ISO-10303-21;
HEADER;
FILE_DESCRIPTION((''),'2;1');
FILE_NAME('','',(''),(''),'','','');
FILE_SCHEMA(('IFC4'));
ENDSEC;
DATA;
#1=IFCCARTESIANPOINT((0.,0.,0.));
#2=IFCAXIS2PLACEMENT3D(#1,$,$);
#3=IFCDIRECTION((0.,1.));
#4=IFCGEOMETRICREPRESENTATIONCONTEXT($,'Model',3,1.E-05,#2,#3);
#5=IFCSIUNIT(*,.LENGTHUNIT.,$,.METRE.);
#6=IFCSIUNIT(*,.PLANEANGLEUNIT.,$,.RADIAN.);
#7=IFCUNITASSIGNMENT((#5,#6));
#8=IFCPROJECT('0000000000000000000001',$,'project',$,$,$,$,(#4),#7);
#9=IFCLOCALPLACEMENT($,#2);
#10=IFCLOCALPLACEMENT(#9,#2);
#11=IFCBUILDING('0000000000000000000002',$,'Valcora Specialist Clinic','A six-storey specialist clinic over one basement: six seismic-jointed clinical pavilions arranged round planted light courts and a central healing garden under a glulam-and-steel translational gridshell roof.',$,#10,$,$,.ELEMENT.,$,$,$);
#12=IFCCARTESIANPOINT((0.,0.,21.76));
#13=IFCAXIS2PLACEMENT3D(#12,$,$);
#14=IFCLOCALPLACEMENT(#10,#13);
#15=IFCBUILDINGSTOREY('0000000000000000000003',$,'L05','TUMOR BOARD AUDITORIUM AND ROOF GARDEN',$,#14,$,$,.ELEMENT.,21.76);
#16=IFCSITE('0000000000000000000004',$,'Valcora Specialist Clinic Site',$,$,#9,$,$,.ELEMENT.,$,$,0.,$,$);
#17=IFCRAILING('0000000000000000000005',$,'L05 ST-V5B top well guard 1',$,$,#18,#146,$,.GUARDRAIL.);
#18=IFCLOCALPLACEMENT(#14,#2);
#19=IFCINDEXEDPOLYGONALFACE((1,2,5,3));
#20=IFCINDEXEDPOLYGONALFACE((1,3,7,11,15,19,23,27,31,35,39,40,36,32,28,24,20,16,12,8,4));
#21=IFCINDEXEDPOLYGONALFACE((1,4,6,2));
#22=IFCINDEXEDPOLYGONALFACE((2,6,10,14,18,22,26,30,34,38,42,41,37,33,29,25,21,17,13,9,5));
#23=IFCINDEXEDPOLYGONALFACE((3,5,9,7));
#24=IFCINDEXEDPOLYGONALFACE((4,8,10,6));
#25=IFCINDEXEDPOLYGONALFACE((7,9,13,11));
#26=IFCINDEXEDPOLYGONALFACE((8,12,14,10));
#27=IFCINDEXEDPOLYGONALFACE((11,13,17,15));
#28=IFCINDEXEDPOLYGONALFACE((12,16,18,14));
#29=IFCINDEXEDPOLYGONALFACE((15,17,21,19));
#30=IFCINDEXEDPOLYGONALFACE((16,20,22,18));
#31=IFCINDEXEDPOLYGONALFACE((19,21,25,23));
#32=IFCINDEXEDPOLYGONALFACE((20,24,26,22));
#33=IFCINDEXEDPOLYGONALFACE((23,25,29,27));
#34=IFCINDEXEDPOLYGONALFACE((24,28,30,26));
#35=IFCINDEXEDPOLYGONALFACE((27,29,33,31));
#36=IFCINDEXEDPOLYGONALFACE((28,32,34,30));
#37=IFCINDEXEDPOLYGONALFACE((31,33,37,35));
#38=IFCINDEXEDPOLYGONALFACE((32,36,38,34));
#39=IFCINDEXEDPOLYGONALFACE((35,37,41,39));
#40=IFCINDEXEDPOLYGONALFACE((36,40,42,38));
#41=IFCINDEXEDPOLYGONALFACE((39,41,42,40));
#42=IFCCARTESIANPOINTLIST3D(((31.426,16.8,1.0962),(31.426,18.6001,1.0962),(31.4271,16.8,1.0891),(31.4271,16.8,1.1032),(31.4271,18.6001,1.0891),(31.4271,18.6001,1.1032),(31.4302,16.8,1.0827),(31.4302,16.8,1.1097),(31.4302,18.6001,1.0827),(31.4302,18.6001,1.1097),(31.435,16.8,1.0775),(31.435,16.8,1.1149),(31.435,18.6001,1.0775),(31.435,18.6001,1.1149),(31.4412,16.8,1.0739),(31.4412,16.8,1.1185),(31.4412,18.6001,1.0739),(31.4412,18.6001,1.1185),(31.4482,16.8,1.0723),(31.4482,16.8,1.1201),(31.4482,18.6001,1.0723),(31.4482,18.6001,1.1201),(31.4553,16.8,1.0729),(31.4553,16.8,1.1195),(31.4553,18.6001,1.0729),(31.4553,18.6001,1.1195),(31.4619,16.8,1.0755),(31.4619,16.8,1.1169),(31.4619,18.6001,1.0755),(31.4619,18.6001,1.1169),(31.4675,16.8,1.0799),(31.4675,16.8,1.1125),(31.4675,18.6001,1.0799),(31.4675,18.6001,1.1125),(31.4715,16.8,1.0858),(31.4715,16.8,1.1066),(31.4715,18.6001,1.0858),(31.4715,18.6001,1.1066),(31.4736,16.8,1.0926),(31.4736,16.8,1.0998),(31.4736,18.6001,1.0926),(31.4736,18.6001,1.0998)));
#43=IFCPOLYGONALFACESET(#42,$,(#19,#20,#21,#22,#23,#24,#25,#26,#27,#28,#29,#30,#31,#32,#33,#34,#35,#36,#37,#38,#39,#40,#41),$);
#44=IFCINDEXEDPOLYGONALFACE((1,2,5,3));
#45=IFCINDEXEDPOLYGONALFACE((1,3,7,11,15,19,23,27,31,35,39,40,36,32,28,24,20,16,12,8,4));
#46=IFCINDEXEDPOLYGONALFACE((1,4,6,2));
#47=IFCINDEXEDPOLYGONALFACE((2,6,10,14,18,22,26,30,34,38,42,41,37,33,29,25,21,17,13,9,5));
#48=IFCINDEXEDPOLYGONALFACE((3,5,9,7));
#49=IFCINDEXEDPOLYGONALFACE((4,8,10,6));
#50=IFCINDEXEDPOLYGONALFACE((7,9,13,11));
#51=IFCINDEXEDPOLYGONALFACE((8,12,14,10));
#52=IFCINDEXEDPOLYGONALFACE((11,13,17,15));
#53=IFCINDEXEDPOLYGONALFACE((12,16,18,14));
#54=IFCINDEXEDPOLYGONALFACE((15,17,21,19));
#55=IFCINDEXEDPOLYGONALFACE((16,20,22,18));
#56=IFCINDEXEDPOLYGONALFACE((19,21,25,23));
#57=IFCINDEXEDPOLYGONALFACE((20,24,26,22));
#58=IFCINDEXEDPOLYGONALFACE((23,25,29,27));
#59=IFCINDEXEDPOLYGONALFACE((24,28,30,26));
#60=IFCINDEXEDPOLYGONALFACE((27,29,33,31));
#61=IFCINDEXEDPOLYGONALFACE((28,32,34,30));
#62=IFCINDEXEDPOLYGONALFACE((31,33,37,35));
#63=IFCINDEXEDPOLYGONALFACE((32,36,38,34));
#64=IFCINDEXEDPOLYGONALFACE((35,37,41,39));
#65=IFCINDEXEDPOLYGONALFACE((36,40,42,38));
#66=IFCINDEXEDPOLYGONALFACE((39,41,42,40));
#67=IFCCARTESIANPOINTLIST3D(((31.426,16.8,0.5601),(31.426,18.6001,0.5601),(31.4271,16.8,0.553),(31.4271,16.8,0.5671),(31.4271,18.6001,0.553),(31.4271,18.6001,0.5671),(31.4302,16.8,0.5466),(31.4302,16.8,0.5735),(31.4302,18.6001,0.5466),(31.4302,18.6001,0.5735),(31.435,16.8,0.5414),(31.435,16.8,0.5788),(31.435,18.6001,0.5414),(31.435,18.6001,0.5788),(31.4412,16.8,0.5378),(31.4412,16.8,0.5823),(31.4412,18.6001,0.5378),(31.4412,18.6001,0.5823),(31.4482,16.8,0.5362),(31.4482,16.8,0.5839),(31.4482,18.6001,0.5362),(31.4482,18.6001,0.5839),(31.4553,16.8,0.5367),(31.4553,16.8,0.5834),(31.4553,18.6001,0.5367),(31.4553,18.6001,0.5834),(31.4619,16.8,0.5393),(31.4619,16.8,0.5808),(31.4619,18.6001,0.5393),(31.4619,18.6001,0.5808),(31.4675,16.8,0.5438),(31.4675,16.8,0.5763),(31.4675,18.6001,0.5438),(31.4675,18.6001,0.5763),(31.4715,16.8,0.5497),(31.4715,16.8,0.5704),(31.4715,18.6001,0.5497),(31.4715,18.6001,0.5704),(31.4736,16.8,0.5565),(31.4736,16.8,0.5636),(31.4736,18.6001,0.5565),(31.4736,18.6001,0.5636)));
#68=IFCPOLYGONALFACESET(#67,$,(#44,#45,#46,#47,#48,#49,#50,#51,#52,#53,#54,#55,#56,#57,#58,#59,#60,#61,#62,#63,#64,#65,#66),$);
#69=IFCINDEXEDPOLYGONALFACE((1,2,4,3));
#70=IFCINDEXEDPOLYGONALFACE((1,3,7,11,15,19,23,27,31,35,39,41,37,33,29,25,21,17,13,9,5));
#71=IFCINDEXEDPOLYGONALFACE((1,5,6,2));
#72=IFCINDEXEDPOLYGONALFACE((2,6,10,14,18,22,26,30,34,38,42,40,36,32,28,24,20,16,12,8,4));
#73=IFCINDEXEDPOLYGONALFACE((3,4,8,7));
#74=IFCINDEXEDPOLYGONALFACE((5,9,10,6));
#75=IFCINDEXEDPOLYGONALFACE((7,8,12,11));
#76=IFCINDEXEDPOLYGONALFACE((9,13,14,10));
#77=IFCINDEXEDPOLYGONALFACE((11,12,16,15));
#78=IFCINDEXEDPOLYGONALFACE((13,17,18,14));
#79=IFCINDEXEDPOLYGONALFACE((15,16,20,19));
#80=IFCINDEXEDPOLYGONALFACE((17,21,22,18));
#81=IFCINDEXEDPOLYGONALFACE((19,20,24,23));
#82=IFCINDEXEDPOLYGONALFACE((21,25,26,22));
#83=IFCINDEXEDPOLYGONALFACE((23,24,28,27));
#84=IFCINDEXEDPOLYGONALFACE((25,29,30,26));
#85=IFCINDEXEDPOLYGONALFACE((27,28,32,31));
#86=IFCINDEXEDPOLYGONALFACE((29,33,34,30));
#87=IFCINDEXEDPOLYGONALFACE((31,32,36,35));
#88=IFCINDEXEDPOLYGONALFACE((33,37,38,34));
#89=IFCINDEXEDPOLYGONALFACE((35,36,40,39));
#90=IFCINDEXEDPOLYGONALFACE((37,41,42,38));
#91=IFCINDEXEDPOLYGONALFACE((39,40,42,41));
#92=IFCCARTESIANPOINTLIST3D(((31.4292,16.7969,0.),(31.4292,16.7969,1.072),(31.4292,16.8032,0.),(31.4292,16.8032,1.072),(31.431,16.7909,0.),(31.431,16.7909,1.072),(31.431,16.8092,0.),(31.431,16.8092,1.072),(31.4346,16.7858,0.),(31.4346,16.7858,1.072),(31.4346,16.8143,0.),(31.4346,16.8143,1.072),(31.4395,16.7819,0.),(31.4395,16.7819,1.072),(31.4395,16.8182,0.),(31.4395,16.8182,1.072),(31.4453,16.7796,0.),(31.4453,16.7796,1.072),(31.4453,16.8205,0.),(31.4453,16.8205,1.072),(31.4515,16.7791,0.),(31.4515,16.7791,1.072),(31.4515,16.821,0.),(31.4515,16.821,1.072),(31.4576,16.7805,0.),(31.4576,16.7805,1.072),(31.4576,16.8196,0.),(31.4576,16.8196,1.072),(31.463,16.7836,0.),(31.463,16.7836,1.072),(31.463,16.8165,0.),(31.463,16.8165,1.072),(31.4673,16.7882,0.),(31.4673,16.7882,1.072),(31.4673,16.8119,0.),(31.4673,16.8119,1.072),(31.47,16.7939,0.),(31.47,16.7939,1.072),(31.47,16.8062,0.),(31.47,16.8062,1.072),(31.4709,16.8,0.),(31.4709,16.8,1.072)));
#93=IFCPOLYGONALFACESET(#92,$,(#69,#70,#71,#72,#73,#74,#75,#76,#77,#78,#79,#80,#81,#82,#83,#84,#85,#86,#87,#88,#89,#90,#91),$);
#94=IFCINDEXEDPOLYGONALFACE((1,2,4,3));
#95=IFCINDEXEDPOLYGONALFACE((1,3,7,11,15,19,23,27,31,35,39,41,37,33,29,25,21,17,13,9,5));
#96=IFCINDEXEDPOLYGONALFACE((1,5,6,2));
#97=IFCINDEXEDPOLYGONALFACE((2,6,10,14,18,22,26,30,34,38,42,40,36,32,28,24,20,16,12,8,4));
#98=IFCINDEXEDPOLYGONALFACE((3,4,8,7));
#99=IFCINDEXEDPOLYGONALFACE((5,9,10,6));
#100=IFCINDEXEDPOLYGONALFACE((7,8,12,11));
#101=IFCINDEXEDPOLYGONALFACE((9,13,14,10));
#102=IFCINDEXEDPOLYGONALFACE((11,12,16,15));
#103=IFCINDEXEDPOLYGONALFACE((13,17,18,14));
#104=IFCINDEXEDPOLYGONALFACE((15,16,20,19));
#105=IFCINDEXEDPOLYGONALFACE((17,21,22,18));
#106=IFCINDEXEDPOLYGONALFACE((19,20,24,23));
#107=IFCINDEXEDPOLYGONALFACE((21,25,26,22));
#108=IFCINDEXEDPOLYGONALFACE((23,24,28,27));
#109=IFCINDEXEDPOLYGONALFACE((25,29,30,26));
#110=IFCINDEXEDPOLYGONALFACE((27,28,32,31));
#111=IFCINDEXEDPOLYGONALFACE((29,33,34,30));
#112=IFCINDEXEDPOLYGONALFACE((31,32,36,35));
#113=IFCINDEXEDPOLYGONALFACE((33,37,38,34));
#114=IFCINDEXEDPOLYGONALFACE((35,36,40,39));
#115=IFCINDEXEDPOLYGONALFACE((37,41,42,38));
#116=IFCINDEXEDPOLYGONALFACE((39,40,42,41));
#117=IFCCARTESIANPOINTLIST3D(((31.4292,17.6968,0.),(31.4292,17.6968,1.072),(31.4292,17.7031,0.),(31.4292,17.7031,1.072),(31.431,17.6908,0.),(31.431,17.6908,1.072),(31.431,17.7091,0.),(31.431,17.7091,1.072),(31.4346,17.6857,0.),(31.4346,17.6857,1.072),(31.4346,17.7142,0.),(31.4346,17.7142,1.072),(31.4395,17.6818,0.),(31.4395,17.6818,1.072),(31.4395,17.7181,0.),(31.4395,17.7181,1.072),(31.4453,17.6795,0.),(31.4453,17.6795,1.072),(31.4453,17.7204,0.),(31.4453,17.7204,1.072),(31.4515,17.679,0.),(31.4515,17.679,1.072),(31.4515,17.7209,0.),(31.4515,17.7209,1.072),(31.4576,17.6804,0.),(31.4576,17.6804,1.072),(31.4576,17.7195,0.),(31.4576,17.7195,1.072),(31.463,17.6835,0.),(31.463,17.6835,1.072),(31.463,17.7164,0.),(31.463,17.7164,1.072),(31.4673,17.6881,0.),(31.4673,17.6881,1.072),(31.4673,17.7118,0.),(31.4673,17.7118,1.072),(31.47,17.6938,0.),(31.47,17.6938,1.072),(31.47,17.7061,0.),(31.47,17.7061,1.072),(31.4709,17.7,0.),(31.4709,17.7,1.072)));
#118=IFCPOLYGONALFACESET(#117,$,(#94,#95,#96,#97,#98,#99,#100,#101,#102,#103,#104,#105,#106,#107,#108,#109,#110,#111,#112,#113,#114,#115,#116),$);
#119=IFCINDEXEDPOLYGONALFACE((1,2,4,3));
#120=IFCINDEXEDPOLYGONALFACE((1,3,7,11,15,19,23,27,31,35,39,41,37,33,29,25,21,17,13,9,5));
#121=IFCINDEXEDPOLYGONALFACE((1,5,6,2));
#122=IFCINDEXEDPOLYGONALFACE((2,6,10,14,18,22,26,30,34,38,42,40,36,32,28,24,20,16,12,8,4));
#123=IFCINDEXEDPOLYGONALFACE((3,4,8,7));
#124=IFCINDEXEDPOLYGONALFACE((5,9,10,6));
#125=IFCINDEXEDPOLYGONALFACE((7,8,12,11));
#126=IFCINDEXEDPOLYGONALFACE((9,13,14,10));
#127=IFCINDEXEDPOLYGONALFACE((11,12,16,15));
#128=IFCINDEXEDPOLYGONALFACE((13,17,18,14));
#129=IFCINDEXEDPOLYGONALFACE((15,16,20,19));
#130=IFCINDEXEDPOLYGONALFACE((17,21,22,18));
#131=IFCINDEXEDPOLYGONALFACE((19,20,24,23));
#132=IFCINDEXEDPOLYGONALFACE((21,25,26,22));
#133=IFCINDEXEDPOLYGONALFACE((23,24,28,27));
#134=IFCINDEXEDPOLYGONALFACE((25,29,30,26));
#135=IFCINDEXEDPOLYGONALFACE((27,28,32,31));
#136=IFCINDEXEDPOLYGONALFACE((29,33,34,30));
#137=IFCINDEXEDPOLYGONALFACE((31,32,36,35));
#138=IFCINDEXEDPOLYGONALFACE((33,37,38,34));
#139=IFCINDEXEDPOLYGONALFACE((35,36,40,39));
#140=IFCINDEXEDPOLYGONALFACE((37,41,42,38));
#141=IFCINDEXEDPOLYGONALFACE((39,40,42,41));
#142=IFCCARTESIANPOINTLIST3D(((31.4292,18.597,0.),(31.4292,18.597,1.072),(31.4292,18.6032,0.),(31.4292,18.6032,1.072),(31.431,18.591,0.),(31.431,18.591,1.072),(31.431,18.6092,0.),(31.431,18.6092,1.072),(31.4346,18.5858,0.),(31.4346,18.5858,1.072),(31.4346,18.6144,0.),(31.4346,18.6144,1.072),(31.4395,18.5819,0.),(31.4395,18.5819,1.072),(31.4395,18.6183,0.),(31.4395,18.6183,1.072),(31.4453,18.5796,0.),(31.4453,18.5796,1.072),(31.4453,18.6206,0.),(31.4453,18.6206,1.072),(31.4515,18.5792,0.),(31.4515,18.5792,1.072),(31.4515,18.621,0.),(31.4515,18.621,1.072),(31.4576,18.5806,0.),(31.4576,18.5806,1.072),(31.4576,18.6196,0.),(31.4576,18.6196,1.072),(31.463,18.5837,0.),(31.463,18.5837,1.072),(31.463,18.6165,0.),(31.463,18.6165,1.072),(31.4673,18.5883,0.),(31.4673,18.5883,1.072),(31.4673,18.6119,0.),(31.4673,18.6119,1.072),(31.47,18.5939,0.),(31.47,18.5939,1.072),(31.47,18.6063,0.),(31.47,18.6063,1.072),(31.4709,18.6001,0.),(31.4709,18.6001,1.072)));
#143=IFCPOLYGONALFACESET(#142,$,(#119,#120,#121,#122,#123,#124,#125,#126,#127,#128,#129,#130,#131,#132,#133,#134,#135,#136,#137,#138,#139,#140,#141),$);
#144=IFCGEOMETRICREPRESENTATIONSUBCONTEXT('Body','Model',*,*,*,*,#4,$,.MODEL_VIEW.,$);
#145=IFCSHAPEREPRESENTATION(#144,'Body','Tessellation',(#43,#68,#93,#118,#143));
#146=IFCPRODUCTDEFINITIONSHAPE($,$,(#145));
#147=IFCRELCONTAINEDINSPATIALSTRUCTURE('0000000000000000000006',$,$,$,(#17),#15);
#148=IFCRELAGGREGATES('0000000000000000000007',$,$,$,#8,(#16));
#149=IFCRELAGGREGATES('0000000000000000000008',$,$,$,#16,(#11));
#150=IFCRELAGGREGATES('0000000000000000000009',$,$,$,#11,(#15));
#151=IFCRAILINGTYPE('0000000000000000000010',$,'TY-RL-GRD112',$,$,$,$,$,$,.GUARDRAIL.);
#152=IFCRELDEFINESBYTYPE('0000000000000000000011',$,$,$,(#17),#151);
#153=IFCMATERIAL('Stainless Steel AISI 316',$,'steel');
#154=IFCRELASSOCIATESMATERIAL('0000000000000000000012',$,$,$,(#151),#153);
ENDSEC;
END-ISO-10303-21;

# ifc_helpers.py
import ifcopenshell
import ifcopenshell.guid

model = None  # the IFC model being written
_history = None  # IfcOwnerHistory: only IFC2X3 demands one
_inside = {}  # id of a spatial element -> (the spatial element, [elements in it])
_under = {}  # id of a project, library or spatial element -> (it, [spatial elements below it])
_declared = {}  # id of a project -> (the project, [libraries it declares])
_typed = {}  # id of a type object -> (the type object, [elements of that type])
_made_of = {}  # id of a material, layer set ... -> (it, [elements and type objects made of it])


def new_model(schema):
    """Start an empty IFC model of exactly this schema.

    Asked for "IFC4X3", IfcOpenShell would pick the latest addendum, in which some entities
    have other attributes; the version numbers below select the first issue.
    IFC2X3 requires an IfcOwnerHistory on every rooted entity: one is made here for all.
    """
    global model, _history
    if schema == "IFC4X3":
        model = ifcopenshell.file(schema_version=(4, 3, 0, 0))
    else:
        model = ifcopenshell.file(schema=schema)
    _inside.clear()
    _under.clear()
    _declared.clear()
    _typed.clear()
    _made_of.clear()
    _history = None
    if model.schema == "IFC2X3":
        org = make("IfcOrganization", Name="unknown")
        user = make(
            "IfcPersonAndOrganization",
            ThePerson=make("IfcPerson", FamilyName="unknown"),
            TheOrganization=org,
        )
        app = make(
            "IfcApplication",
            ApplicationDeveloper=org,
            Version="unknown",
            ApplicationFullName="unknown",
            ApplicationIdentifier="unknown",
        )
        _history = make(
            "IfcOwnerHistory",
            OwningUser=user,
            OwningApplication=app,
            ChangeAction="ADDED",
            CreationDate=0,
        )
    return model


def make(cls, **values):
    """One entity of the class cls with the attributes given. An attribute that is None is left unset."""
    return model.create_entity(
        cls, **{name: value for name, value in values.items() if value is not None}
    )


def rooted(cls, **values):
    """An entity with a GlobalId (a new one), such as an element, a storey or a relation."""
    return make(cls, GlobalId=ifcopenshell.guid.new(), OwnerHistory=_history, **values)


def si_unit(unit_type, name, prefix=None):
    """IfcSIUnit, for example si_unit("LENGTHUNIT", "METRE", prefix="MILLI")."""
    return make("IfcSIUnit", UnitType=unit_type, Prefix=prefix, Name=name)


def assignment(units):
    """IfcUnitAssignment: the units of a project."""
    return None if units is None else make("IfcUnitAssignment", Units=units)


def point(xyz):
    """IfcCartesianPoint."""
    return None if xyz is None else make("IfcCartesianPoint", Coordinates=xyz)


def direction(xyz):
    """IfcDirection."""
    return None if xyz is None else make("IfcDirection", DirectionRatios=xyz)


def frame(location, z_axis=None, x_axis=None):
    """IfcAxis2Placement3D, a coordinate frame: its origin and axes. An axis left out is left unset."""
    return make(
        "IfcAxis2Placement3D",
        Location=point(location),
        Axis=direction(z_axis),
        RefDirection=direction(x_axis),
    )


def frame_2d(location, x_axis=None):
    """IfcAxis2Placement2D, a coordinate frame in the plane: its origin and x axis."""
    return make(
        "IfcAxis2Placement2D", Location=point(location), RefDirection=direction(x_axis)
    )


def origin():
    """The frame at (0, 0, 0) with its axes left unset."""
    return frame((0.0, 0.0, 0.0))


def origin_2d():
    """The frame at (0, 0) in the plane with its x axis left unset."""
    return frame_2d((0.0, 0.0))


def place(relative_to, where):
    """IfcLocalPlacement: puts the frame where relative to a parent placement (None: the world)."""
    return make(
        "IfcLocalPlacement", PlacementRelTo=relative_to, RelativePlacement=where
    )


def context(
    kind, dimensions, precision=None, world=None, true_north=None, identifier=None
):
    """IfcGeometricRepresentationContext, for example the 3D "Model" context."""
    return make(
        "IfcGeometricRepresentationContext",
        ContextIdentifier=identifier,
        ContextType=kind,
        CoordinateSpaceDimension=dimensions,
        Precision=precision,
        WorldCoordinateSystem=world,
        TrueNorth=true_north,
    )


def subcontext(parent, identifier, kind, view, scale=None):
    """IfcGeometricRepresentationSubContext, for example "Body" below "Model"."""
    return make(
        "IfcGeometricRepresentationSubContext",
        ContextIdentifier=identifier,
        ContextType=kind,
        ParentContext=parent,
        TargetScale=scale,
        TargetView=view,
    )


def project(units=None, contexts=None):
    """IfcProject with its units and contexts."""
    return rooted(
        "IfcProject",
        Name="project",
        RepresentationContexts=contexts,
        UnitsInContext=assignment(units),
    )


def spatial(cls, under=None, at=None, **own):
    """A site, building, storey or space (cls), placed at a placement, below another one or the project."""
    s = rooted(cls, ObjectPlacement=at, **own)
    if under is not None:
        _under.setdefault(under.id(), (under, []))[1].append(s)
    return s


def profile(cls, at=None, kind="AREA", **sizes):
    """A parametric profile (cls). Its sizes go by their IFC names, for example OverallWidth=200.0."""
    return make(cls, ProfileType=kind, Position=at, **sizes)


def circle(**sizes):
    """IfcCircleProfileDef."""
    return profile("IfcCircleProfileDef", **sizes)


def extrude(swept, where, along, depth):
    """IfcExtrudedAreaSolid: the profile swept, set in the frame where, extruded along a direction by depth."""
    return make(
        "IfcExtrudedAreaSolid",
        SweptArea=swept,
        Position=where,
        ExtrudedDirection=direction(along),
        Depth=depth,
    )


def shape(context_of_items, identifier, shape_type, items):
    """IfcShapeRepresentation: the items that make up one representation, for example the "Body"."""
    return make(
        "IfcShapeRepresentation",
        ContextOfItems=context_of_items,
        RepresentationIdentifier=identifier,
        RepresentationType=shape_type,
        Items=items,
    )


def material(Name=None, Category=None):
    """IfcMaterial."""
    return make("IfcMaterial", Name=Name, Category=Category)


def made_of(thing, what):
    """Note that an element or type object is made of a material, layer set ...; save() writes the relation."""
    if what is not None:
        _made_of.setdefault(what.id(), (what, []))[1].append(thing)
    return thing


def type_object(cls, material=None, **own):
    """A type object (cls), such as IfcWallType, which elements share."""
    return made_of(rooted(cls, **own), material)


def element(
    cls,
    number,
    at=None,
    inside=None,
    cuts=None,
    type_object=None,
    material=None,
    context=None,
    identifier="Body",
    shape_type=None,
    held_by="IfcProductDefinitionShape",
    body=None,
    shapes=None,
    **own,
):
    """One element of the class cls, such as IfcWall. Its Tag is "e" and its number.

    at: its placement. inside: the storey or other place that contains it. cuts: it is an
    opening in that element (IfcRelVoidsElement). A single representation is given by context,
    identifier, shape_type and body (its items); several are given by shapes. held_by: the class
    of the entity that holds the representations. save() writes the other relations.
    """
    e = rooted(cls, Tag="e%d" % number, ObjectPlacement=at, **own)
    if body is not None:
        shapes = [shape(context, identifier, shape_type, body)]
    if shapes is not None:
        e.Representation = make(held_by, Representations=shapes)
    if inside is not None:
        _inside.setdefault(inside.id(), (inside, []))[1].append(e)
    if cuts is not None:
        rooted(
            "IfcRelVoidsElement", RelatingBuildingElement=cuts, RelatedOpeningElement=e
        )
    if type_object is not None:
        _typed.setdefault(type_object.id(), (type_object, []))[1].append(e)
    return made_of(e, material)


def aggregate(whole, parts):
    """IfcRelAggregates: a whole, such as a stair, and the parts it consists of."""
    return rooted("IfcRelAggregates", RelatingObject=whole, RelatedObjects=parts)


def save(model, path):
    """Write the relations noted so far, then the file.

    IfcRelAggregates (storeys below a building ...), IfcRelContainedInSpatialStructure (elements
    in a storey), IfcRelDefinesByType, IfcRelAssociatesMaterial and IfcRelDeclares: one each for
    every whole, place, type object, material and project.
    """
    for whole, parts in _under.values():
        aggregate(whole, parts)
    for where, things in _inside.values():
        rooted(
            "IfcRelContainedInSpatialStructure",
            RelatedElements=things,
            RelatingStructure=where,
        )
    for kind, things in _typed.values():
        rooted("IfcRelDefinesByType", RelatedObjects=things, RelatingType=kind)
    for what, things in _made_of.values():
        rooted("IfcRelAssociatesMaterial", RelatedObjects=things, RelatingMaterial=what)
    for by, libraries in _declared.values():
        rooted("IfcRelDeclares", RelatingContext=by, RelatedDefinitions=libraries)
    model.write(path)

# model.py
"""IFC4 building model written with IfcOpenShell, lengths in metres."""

from ifc_helpers import new_model, si_unit, direction, frame, origin, origin_2d, place, context, subcontext, project, spatial, circle, extrude, material, type_object, element, save


model = new_model("IFC4")

# Units and contexts
model_context = context("Model", 3, precision=1e-05, world=origin(), true_north=direction((0.0, 1.0)))
body_context = subcontext(model_context, "Body", "Model", "MODEL_VIEW")
ifc_project = project(units=[si_unit("LENGTHUNIT", "METRE"), si_unit("PLANEANGLEUNIT", "RADIAN")], contexts=[model_context])

# Site, building, storey
site_placement = place(None, origin())
site = spatial("IfcSite", under=ifc_project, at=site_placement, Name="Valcora Specialist Clinic Site", CompositionType="ELEMENT", RefElevation=0.0)
building_placement = place(site_placement, origin())
building = spatial("IfcBuilding", under=site, at=building_placement, Name="Valcora Specialist Clinic", Description="A six-storey specialist clinic over one basement: six seismic-jointed clinical pavilions arranged round planted light courts and a central healing garden under a glulam-and-steel translational gridshell roof.", CompositionType="ELEMENT")
storey_placement = place(building_placement, frame((0.0, 0.0, 21.76)))
storey = spatial("IfcBuildingStorey", under=building, at=storey_placement, Name="L05", Description="TUMOR BOARD AUDITORIUM AND ROOF GARDEN", CompositionType="ELEMENT", Elevation=21.76)

# Railing
ifc_material_1 = material(Name="Stainless Steel AISI 316", Category="steel")
railing_type = type_object("IfcRailingType", Name="TY-RL-GRD112", PredefinedType="GUARDRAIL", material=ifc_material_1)
railing_placement = place(storey_placement, frame((31.45, 16.8, 0.0)))
element("IfcRailing", 1, at=railing_placement, inside=storey, type_object=railing_type, Name="L05 ST-V5B top well guard 1", PredefinedType="GUARDRAIL", context=body_context, shape_type="SweptSolid", body=[
    extrude(circle(Radius=0.0239, at=origin_2d()), frame((0.0, 0.0, 1.0962), z_axis=(0.0, 1.0, 0.0), x_axis=(-1.0, 0.0, 0.0)), (0.0, 0.0, 1.0), 1.8),
    extrude(circle(Radius=0.0239, at=origin_2d()), frame((0.0, 0.0, 0.5601), z_axis=(0.0, 1.0, 0.0), x_axis=(-1.0, 0.0, 0.0)), (0.0, 0.0, 1.0), 1.8),
    extrude(circle(Radius=0.021, at=origin_2d()), origin(), (0.0, 0.0, 1.0), 1.072),
    extrude(circle(Radius=0.021, at=origin_2d()), frame((0.0, 0.8999, 0.0)), (0.0, 0.0, 1.0), 1.072),
    extrude(circle(Radius=0.021, at=origin_2d()), frame((0.0, 1.8, 0.0)), (0.0, 0.0, 1.0), 1.072),
])

save(model, "model.ifc")
